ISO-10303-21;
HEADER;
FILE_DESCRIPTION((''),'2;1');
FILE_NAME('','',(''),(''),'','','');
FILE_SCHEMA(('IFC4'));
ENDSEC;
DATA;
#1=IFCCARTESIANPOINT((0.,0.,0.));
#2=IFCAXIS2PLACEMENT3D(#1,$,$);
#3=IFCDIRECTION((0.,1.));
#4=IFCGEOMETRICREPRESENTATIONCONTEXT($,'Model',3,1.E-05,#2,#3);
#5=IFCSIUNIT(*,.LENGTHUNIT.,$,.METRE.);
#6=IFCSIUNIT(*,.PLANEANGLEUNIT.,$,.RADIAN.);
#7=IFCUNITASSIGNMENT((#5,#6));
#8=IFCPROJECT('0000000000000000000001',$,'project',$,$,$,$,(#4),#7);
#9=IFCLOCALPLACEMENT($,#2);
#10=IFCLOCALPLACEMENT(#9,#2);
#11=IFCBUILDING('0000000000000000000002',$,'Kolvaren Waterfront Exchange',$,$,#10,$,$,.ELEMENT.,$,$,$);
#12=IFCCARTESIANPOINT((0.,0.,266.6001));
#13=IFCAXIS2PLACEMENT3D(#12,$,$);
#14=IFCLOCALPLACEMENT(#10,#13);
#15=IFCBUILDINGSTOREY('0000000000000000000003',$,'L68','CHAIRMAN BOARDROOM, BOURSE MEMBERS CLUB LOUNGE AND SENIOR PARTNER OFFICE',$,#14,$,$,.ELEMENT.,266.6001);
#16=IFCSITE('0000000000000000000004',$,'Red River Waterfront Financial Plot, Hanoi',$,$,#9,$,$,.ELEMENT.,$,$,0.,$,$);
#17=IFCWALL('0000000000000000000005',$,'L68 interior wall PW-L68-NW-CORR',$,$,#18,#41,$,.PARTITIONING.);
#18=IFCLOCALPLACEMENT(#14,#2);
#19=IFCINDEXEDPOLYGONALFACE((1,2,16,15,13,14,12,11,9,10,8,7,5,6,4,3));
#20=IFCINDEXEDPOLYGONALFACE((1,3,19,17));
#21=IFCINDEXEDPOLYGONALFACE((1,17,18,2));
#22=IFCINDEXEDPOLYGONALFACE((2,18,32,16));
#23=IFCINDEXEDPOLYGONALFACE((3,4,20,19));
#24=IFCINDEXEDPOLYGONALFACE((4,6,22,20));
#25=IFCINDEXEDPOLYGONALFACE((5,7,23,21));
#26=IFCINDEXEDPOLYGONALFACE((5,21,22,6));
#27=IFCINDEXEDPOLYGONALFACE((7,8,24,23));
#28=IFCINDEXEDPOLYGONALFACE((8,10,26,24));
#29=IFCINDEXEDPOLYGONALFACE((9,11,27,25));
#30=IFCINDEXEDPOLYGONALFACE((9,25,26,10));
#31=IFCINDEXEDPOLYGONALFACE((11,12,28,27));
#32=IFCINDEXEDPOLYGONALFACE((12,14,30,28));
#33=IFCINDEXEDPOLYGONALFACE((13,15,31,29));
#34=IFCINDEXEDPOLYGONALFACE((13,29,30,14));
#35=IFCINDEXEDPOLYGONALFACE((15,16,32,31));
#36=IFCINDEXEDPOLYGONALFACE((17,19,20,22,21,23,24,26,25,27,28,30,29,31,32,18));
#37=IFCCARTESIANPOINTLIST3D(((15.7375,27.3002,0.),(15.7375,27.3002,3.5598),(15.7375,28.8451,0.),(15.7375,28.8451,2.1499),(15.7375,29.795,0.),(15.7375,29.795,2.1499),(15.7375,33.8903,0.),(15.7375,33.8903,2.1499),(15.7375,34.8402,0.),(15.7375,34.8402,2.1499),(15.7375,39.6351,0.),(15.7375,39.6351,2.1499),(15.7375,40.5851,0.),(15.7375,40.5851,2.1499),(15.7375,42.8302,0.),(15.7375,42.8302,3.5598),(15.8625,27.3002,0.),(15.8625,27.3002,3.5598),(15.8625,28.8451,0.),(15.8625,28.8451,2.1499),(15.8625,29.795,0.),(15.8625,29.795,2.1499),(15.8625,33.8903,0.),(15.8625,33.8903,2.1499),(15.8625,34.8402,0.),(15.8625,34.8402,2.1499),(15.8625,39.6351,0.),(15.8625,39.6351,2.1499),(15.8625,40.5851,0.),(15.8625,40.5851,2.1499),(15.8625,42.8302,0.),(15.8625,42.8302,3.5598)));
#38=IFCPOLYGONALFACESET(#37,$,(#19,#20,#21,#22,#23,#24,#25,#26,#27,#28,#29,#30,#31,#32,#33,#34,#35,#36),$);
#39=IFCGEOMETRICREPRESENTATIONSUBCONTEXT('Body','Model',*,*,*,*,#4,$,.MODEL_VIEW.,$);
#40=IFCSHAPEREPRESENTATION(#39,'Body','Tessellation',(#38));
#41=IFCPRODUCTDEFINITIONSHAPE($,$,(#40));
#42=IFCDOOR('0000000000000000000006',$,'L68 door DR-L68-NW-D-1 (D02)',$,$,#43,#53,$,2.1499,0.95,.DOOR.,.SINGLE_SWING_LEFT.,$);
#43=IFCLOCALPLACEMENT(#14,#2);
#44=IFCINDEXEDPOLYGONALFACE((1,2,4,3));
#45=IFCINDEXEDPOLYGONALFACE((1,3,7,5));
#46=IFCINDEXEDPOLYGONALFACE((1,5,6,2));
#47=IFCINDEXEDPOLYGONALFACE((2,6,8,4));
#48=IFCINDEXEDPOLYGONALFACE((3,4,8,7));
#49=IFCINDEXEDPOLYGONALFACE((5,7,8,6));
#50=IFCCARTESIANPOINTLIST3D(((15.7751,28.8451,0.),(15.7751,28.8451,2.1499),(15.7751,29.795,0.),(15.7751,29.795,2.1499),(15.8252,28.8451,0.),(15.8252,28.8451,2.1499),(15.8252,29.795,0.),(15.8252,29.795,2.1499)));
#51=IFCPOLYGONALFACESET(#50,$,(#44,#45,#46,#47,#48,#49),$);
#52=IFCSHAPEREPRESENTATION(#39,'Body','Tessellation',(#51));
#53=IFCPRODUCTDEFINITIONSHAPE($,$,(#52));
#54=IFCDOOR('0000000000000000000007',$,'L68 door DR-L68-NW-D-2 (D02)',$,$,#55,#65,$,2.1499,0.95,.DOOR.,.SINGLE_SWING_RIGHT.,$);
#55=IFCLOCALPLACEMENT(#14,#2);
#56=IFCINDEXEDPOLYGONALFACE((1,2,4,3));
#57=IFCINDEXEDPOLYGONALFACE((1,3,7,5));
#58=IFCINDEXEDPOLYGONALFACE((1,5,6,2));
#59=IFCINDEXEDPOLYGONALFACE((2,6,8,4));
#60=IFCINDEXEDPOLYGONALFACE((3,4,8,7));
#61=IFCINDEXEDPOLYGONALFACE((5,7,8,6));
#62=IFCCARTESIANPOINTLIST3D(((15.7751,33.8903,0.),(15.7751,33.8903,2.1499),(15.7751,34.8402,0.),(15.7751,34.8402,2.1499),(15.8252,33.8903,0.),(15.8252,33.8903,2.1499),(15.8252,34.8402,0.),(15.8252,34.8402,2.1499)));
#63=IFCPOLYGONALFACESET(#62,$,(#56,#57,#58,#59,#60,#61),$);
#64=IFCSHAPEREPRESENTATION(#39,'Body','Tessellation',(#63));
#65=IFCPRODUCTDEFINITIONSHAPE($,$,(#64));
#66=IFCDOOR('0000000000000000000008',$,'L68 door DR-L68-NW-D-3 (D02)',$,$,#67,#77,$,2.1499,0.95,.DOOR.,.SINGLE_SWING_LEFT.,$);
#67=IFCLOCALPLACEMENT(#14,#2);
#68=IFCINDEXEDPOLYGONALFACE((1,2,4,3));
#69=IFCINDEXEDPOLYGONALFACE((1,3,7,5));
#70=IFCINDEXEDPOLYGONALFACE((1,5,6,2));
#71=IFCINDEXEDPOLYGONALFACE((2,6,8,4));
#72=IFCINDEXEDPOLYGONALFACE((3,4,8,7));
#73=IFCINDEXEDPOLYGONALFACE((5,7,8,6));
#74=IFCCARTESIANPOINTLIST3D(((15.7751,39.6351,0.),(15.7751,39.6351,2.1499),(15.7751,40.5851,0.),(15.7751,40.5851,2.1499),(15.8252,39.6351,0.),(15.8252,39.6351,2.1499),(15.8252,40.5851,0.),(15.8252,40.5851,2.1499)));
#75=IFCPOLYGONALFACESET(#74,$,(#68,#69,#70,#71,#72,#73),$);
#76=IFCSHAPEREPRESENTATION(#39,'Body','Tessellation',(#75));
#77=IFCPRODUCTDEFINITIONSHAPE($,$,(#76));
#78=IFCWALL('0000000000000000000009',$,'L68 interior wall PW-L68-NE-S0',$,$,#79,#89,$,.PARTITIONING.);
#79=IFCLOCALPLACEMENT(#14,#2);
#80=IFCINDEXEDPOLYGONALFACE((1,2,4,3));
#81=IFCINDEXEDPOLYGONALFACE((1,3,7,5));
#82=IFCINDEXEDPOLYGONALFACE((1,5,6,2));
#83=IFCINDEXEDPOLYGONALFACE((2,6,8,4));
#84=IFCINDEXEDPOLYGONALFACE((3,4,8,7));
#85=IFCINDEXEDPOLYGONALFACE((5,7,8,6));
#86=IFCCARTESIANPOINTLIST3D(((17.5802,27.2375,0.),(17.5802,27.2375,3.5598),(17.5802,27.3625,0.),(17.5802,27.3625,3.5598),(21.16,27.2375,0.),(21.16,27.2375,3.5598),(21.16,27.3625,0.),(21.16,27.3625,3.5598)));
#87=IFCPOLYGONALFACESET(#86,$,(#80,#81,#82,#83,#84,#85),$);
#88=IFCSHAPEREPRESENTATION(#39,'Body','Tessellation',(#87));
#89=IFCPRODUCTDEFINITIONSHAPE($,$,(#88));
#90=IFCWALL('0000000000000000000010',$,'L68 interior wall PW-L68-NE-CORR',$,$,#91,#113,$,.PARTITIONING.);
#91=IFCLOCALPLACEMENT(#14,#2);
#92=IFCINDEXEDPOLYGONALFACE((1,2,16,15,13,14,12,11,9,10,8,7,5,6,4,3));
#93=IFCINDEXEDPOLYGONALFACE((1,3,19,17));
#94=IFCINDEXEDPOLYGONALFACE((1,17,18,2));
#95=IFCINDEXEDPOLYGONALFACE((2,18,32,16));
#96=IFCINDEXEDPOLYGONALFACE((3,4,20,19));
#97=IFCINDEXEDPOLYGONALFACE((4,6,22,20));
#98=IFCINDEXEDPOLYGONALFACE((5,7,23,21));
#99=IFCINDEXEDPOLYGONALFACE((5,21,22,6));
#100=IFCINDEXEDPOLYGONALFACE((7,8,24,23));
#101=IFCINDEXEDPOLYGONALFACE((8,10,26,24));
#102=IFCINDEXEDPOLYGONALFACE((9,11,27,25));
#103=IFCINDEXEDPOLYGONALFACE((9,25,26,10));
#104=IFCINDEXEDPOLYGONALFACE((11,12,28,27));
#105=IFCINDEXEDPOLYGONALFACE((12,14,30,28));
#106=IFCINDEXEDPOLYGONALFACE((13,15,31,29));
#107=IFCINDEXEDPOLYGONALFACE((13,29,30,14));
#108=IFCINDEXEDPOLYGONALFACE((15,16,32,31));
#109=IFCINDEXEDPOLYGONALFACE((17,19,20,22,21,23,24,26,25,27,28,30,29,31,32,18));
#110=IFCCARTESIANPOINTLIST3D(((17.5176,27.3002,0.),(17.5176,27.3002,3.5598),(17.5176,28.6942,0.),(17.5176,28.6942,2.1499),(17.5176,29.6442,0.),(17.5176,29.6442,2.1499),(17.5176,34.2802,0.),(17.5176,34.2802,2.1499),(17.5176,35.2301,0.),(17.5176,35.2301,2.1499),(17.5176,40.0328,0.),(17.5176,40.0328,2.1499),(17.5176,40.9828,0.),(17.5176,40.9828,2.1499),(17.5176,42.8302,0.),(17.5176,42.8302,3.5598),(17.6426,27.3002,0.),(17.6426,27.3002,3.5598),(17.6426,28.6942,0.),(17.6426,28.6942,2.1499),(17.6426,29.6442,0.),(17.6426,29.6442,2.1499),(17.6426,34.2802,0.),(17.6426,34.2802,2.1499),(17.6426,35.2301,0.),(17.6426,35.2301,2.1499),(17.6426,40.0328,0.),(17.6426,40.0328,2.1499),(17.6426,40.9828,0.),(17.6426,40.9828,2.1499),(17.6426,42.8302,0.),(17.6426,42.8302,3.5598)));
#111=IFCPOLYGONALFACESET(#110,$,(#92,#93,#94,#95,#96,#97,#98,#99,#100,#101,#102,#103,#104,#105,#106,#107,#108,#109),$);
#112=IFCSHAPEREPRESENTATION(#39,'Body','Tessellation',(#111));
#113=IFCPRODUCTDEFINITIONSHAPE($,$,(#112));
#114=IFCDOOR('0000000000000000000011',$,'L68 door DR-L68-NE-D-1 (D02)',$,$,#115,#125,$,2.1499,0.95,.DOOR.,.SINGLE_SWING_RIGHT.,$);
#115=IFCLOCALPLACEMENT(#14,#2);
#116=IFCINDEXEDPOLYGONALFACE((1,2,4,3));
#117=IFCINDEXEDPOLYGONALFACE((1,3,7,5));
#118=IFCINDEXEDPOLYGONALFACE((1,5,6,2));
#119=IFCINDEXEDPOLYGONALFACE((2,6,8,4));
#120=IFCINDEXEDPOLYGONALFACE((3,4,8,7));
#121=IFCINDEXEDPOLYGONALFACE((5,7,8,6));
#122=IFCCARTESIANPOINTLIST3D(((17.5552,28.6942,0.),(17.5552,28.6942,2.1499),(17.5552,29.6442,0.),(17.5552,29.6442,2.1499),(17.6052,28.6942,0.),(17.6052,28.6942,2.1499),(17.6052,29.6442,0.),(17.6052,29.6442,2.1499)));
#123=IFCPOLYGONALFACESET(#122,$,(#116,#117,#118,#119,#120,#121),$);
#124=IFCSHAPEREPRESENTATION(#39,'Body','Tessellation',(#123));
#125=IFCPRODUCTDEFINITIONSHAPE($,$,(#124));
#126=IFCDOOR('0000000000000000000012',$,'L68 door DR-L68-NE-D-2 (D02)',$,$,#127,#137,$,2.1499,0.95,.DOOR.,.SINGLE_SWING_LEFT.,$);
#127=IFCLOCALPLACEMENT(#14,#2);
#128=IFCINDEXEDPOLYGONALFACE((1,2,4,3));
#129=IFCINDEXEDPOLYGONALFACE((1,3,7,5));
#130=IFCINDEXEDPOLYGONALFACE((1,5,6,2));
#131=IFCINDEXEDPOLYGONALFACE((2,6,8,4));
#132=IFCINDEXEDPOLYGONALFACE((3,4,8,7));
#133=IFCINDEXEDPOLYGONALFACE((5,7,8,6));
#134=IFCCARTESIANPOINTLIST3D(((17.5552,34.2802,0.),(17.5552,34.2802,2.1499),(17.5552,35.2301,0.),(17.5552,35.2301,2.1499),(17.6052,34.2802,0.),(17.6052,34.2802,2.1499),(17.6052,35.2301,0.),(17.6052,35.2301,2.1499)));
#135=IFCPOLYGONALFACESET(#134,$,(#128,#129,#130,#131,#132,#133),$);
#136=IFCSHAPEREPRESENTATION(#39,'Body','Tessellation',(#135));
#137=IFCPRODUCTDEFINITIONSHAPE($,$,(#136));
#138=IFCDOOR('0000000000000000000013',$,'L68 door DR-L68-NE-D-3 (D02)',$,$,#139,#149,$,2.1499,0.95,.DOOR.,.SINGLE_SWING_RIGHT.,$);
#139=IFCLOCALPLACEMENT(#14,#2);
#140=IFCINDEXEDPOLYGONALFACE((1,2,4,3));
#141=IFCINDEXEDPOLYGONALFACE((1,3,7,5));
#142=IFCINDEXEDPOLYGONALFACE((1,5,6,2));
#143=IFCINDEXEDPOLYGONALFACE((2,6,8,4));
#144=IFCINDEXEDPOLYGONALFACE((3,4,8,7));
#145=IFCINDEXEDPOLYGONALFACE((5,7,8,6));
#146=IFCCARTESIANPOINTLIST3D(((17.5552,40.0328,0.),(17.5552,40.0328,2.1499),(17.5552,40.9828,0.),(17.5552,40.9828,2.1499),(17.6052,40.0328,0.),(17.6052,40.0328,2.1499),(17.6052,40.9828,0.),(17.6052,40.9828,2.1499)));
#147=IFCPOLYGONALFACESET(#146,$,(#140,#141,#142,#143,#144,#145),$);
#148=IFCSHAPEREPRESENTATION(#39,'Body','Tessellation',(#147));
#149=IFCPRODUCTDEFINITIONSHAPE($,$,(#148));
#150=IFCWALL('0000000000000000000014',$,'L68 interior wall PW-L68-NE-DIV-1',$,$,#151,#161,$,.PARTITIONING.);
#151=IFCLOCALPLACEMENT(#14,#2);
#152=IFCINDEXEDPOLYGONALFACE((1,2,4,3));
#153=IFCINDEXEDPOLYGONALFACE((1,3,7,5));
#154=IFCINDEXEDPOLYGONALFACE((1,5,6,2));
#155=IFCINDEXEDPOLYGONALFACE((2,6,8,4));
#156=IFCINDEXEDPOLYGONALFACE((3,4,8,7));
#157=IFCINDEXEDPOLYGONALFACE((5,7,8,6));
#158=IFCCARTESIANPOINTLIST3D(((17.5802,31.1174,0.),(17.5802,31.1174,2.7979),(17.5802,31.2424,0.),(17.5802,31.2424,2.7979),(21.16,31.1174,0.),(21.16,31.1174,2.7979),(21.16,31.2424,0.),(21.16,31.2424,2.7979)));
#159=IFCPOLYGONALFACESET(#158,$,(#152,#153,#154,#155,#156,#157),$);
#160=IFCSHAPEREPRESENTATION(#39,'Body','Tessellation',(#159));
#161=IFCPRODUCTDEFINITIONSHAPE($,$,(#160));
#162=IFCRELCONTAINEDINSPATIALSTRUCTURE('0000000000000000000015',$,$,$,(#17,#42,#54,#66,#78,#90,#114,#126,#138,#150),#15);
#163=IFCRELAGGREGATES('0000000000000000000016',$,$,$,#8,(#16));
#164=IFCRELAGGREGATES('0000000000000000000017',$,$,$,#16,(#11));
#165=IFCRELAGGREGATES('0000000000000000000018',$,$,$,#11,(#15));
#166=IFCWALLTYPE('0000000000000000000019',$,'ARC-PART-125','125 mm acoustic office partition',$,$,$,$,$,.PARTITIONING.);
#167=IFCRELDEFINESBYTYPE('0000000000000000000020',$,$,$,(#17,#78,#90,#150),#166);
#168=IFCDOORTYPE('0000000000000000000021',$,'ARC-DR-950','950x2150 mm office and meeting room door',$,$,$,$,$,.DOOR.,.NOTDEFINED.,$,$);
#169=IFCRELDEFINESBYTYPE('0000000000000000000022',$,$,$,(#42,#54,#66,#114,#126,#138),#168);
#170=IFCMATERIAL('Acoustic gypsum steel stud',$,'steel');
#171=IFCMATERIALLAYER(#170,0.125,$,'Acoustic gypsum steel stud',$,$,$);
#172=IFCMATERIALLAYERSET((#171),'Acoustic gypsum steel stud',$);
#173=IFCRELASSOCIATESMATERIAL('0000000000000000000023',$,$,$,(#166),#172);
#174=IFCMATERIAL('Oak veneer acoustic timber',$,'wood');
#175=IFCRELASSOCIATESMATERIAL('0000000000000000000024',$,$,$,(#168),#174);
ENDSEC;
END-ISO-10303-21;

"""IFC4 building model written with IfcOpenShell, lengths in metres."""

from ifc_helpers import new_model, si_unit, direction, frame, frame_2d, origin, place, context, subcontext, project, spatial, rectangle, extrude, material, layer, layer_set, type_object, element, fill, save


model = new_model("IFC4")

# Units and contexts
model_context = context("Model", 3, precision=1e-05, world=origin(), true_north=direction((0.0, 1.0)))
body_context = subcontext(model_context, "Body", "Model", "MODEL_VIEW")
ifc_project = project(units=[si_unit("LENGTHUNIT", "METRE"), si_unit("PLANEANGLEUNIT", "RADIAN")], contexts=[model_context])

# Site, building, storey
site_placement = place(None, origin())
site = spatial("IfcSite", under=ifc_project, at=site_placement, Name="Red River Waterfront Financial Plot, Hanoi", CompositionType="ELEMENT", RefElevation=0.0)
building_placement = place(site_placement, origin())
building = spatial("IfcBuilding", under=site, at=building_placement, Name="Kolvaren Waterfront Exchange", CompositionType="ELEMENT")
storey_placement = place(building_placement, frame((0.0, 0.0, 266.6001)))
storey = spatial("IfcBuildingStorey", under=building, at=storey_placement, Name="L68", Description="CHAIRMAN BOARDROOM, BOURSE MEMBERS CLUB LOUNGE AND SENIOR PARTNER OFFICE", CompositionType="ELEMENT", Elevation=266.6001)

# Shared definitions
ifc_material_1 = material(Name="Acoustic gypsum steel stud", Category="steel")
ifc_layer_1 = layer(ifc_material_1, 0.125, Name="Acoustic gypsum steel stud")
ifc_layer_set_1 = layer_set([ifc_layer_1], Name="Acoustic gypsum steel stud")
wall_type_1 = type_object("IfcWallType", Name="ARC-PART-125", Description="125 mm acoustic office partition", PredefinedType="PARTITIONING", material=ifc_layer_set_1)

# Wall, openings, doors
wall_1_placement = place(storey_placement, frame((15.8, 27.3, 0.0), z_axis=(0.0, 0.0, 1.0), x_axis=(0.0, 1.0, 0.0)))
wall_1 = element("IfcWall", 1, at=wall_1_placement, inside=storey, type_object=wall_type_1, Name="L68 interior wall PW-L68-NW-CORR", PredefinedType="PARTITIONING", context=body_context, shape_type="SweptSolid", body=[
    extrude(rectangle(XDim=15.53, YDim=0.125, at=frame_2d((7.7651, 0.0))), origin(), (0.0, 0.0, 1.0), 3.5598),
])
opening_1_placement = place(wall_1_placement, frame((1.5449, 0.0, 0.0)))
opening_1 = element("IfcOpeningElement", 2, at=opening_1_placement, cuts=wall_1, PredefinedType="OPENING", context=body_context, shape_type="SweptSolid", body=[
    extrude(rectangle(XDim=0.95, YDim=2.1499, at=frame_2d((0.4751, 1.075))), frame((0.0, 0.0725, 0.0), z_axis=(0.0, -1.0, 0.0), x_axis=(1.0, 0.0, 0.0)), (0.0, 0.0, 1.0), 0.145),
])
opening_2_placement = place(wall_1_placement, frame((6.5901, 0.0, 0.0)))
opening_2 = element("IfcOpeningElement", 3, at=opening_2_placement, cuts=wall_1, PredefinedType="OPENING", context=body_context, shape_type="SweptSolid", body=[
    extrude(rectangle(XDim=0.95, YDim=2.1499, at=frame_2d((0.4751, 1.075))), frame((0.0, 0.0725, 0.0), z_axis=(0.0, -1.0, 0.0), x_axis=(1.0, 0.0, 0.0)), (0.0, 0.0, 1.0), 0.145),
])
opening_3_placement = place(wall_1_placement, frame((12.335, 0.0, 0.0)))
opening_3 = element("IfcOpeningElement", 4, at=opening_3_placement, cuts=wall_1, PredefinedType="OPENING", context=body_context, shape_type="SweptSolid", body=[
    extrude(rectangle(XDim=0.95, YDim=2.1499, at=frame_2d((0.4751, 1.075))), frame((0.0, 0.0725, 0.0), z_axis=(0.0, -1.0, 0.0), x_axis=(1.0, 0.0, 0.0)), (0.0, 0.0, 1.0), 0.145),
])
ifc_material_2 = material(Name="Oak veneer acoustic timber", Category="wood")
door_type_1 = type_object("IfcDoorType", Name="ARC-DR-950", Description="950x2150 mm office and meeting room door", OperationType="NOTDEFINED", PredefinedType="DOOR", material=ifc_material_2)
door_1_placement = place(opening_1_placement, origin())
door_1 = element("IfcDoor", 5, at=door_1_placement, inside=storey, type_object=door_type_1, Name="L68 door DR-L68-NW-D-1 (D02)", OperationType="SINGLE_SWING_LEFT", OverallHeight=2.1499, OverallWidth=0.95, PredefinedType="DOOR", context=body_context, shape_type="SweptSolid", body=[
    extrude(rectangle(XDim=0.95, YDim=2.1499, at=frame_2d((0.4751, 1.075))), frame((0.0, 0.0249, 0.0), z_axis=(0.0, -1.0, 0.0), x_axis=(1.0, 0.0, 0.0)), (0.0, 0.0, 1.0), 0.05),
])
fill(opening_1, door_1)
door_2_placement = place(opening_2_placement, origin())
door_2 = element("IfcDoor", 6, at=door_2_placement, inside=storey, type_object=door_type_1, Name="L68 door DR-L68-NW-D-2 (D02)", OperationType="SINGLE_SWING_RIGHT", OverallHeight=2.1499, OverallWidth=0.95, PredefinedType="DOOR", context=body_context, shape_type="SweptSolid", body=[
    extrude(rectangle(XDim=0.95, YDim=2.1499, at=frame_2d((0.4751, 1.075))), frame((0.0, 0.0249, 0.0), z_axis=(0.0, -1.0, 0.0), x_axis=(1.0, 0.0, 0.0)), (0.0, 0.0, 1.0), 0.05),
])
fill(opening_2, door_2)
door_3_placement = place(opening_3_placement, origin())
door_3 = element("IfcDoor", 7, at=door_3_placement, inside=storey, type_object=door_type_1, Name="L68 door DR-L68-NW-D-3 (D02)", OperationType="SINGLE_SWING_LEFT", OverallHeight=2.1499, OverallWidth=0.95, PredefinedType="DOOR", context=body_context, shape_type="SweptSolid", body=[
    extrude(rectangle(XDim=0.95, YDim=2.1499, at=frame_2d((0.4751, 1.075))), frame((0.0, 0.0249, 0.0), z_axis=(0.0, -1.0, 0.0), x_axis=(1.0, 0.0, 0.0)), (0.0, 0.0, 1.0), 0.05),
])
fill(opening_3, door_3)

# Wall
wall_2_placement = place(storey_placement, frame((17.5801, 27.3, 0.0), z_axis=(0.0, 0.0, 1.0), x_axis=(1.0, 0.0, 0.0)))
element("IfcWall", 8, at=wall_2_placement, inside=storey, type_object=wall_type_1, Name="L68 interior wall PW-L68-NE-S0", PredefinedType="PARTITIONING", context=body_context, shape_type="SweptSolid", body=[
    extrude(rectangle(XDim=3.5798, YDim=0.125, at=frame_2d((1.79, 0.0))), origin(), (0.0, 0.0, 1.0), 3.5598),
])

# Wall, openings, doors
wall_3_placement = place(storey_placement, frame((17.5801, 27.3, 0.0), z_axis=(0.0, 0.0, 1.0), x_axis=(0.0, 1.0, 0.0)))
wall_3 = element("IfcWall", 9, at=wall_3_placement, inside=storey, type_object=wall_type_1, Name="L68 interior wall PW-L68-NE-CORR", PredefinedType="PARTITIONING", context=body_context, shape_type="SweptSolid", body=[
    extrude(rectangle(XDim=15.53, YDim=0.125, at=frame_2d((7.7651, 0.0))), origin(), (0.0, 0.0, 1.0), 3.5598),
])
opening_4_placement = place(wall_3_placement, frame((1.394, 0.0, 0.0)))
opening_4 = element("IfcOpeningElement", 10, at=opening_4_placement, cuts=wall_3, PredefinedType="OPENING", context=body_context, shape_type="SweptSolid", body=[
    extrude(rectangle(XDim=0.95, YDim=2.1499, at=frame_2d((0.4751, 1.075))), frame((0.0, 0.0725, 0.0), z_axis=(0.0, -1.0, 0.0), x_axis=(1.0, 0.0, 0.0)), (0.0, 0.0, 1.0), 0.145),
])
opening_5_placement = place(wall_3_placement, frame((6.98, 0.0, 0.0)))
opening_5 = element("IfcOpeningElement", 11, at=opening_5_placement, cuts=wall_3, PredefinedType="OPENING", context=body_context, shape_type="SweptSolid", body=[
    extrude(rectangle(XDim=0.95, YDim=2.1499, at=frame_2d((0.4751, 1.075))), frame((0.0, 0.0725, 0.0), z_axis=(0.0, -1.0, 0.0), x_axis=(1.0, 0.0, 0.0)), (0.0, 0.0, 1.0), 0.145),
])
opening_6_placement = place(wall_3_placement, frame((12.7327, 0.0, 0.0)))
opening_6 = element("IfcOpeningElement", 12, at=opening_6_placement, cuts=wall_3, PredefinedType="OPENING", context=body_context, shape_type="SweptSolid", body=[
    extrude(rectangle(XDim=0.95, YDim=2.1499, at=frame_2d((0.4751, 1.075))), frame((0.0, 0.0725, 0.0), z_axis=(0.0, -1.0, 0.0), x_axis=(1.0, 0.0, 0.0)), (0.0, 0.0, 1.0), 0.145),
])
door_4_placement = place(opening_4_placement, origin())
door_4 = element("IfcDoor", 13, at=door_4_placement, inside=storey, type_object=door_type_1, Name="L68 door DR-L68-NE-D-1 (D02)", OperationType="SINGLE_SWING_RIGHT", OverallHeight=2.1499, OverallWidth=0.95, PredefinedType="DOOR", context=body_context, shape_type="SweptSolid", body=[
    extrude(rectangle(XDim=0.95, YDim=2.1499, at=frame_2d((0.4751, 1.075))), frame((0.0, 0.0249, 0.0), z_axis=(0.0, -1.0, 0.0), x_axis=(1.0, 0.0, 0.0)), (0.0, 0.0, 1.0), 0.05),
])
fill(opening_4, door_4)
door_5_placement = place(opening_5_placement, origin())
door_5 = element("IfcDoor", 14, at=door_5_placement, inside=storey, type_object=door_type_1, Name="L68 door DR-L68-NE-D-2 (D02)", OperationType="SINGLE_SWING_LEFT", OverallHeight=2.1499, OverallWidth=0.95, PredefinedType="DOOR", context=body_context, shape_type="SweptSolid", body=[
    extrude(rectangle(XDim=0.95, YDim=2.1499, at=frame_2d((0.4751, 1.075))), frame((0.0, 0.0249, 0.0), z_axis=(0.0, -1.0, 0.0), x_axis=(1.0, 0.0, 0.0)), (0.0, 0.0, 1.0), 0.05),
])
fill(opening_5, door_5)
door_6_placement = place(opening_6_placement, origin())
door_6 = element("IfcDoor", 15, at=door_6_placement, inside=storey, type_object=door_type_1, Name="L68 door DR-L68-NE-D-3 (D02)", OperationType="SINGLE_SWING_RIGHT", OverallHeight=2.1499, OverallWidth=0.95, PredefinedType="DOOR", context=body_context, shape_type="SweptSolid", body=[
    extrude(rectangle(XDim=0.95, YDim=2.1499, at=frame_2d((0.4751, 1.075))), frame((0.0, 0.0249, 0.0), z_axis=(0.0, -1.0, 0.0), x_axis=(1.0, 0.0, 0.0)), (0.0, 0.0, 1.0), 0.05),
])
fill(opening_6, door_6)

# Wall
wall_4_placement = place(storey_placement, frame((17.5801, 31.1799, 0.0), z_axis=(0.0, 0.0, 1.0), x_axis=(1.0, 0.0, 0.0)))
element("IfcWall", 16, at=wall_4_placement, inside=storey, type_object=wall_type_1, Name="L68 interior wall PW-L68-NE-DIV-1", PredefinedType="PARTITIONING", context=body_context, shape_type="SweptSolid", body=[
    extrude(rectangle(XDim=3.5798, YDim=0.125, at=frame_2d((1.79, 0.0))), origin(), (0.0, 0.0, 1.0), 2.7979),
])

save(model, "model.ifc")
